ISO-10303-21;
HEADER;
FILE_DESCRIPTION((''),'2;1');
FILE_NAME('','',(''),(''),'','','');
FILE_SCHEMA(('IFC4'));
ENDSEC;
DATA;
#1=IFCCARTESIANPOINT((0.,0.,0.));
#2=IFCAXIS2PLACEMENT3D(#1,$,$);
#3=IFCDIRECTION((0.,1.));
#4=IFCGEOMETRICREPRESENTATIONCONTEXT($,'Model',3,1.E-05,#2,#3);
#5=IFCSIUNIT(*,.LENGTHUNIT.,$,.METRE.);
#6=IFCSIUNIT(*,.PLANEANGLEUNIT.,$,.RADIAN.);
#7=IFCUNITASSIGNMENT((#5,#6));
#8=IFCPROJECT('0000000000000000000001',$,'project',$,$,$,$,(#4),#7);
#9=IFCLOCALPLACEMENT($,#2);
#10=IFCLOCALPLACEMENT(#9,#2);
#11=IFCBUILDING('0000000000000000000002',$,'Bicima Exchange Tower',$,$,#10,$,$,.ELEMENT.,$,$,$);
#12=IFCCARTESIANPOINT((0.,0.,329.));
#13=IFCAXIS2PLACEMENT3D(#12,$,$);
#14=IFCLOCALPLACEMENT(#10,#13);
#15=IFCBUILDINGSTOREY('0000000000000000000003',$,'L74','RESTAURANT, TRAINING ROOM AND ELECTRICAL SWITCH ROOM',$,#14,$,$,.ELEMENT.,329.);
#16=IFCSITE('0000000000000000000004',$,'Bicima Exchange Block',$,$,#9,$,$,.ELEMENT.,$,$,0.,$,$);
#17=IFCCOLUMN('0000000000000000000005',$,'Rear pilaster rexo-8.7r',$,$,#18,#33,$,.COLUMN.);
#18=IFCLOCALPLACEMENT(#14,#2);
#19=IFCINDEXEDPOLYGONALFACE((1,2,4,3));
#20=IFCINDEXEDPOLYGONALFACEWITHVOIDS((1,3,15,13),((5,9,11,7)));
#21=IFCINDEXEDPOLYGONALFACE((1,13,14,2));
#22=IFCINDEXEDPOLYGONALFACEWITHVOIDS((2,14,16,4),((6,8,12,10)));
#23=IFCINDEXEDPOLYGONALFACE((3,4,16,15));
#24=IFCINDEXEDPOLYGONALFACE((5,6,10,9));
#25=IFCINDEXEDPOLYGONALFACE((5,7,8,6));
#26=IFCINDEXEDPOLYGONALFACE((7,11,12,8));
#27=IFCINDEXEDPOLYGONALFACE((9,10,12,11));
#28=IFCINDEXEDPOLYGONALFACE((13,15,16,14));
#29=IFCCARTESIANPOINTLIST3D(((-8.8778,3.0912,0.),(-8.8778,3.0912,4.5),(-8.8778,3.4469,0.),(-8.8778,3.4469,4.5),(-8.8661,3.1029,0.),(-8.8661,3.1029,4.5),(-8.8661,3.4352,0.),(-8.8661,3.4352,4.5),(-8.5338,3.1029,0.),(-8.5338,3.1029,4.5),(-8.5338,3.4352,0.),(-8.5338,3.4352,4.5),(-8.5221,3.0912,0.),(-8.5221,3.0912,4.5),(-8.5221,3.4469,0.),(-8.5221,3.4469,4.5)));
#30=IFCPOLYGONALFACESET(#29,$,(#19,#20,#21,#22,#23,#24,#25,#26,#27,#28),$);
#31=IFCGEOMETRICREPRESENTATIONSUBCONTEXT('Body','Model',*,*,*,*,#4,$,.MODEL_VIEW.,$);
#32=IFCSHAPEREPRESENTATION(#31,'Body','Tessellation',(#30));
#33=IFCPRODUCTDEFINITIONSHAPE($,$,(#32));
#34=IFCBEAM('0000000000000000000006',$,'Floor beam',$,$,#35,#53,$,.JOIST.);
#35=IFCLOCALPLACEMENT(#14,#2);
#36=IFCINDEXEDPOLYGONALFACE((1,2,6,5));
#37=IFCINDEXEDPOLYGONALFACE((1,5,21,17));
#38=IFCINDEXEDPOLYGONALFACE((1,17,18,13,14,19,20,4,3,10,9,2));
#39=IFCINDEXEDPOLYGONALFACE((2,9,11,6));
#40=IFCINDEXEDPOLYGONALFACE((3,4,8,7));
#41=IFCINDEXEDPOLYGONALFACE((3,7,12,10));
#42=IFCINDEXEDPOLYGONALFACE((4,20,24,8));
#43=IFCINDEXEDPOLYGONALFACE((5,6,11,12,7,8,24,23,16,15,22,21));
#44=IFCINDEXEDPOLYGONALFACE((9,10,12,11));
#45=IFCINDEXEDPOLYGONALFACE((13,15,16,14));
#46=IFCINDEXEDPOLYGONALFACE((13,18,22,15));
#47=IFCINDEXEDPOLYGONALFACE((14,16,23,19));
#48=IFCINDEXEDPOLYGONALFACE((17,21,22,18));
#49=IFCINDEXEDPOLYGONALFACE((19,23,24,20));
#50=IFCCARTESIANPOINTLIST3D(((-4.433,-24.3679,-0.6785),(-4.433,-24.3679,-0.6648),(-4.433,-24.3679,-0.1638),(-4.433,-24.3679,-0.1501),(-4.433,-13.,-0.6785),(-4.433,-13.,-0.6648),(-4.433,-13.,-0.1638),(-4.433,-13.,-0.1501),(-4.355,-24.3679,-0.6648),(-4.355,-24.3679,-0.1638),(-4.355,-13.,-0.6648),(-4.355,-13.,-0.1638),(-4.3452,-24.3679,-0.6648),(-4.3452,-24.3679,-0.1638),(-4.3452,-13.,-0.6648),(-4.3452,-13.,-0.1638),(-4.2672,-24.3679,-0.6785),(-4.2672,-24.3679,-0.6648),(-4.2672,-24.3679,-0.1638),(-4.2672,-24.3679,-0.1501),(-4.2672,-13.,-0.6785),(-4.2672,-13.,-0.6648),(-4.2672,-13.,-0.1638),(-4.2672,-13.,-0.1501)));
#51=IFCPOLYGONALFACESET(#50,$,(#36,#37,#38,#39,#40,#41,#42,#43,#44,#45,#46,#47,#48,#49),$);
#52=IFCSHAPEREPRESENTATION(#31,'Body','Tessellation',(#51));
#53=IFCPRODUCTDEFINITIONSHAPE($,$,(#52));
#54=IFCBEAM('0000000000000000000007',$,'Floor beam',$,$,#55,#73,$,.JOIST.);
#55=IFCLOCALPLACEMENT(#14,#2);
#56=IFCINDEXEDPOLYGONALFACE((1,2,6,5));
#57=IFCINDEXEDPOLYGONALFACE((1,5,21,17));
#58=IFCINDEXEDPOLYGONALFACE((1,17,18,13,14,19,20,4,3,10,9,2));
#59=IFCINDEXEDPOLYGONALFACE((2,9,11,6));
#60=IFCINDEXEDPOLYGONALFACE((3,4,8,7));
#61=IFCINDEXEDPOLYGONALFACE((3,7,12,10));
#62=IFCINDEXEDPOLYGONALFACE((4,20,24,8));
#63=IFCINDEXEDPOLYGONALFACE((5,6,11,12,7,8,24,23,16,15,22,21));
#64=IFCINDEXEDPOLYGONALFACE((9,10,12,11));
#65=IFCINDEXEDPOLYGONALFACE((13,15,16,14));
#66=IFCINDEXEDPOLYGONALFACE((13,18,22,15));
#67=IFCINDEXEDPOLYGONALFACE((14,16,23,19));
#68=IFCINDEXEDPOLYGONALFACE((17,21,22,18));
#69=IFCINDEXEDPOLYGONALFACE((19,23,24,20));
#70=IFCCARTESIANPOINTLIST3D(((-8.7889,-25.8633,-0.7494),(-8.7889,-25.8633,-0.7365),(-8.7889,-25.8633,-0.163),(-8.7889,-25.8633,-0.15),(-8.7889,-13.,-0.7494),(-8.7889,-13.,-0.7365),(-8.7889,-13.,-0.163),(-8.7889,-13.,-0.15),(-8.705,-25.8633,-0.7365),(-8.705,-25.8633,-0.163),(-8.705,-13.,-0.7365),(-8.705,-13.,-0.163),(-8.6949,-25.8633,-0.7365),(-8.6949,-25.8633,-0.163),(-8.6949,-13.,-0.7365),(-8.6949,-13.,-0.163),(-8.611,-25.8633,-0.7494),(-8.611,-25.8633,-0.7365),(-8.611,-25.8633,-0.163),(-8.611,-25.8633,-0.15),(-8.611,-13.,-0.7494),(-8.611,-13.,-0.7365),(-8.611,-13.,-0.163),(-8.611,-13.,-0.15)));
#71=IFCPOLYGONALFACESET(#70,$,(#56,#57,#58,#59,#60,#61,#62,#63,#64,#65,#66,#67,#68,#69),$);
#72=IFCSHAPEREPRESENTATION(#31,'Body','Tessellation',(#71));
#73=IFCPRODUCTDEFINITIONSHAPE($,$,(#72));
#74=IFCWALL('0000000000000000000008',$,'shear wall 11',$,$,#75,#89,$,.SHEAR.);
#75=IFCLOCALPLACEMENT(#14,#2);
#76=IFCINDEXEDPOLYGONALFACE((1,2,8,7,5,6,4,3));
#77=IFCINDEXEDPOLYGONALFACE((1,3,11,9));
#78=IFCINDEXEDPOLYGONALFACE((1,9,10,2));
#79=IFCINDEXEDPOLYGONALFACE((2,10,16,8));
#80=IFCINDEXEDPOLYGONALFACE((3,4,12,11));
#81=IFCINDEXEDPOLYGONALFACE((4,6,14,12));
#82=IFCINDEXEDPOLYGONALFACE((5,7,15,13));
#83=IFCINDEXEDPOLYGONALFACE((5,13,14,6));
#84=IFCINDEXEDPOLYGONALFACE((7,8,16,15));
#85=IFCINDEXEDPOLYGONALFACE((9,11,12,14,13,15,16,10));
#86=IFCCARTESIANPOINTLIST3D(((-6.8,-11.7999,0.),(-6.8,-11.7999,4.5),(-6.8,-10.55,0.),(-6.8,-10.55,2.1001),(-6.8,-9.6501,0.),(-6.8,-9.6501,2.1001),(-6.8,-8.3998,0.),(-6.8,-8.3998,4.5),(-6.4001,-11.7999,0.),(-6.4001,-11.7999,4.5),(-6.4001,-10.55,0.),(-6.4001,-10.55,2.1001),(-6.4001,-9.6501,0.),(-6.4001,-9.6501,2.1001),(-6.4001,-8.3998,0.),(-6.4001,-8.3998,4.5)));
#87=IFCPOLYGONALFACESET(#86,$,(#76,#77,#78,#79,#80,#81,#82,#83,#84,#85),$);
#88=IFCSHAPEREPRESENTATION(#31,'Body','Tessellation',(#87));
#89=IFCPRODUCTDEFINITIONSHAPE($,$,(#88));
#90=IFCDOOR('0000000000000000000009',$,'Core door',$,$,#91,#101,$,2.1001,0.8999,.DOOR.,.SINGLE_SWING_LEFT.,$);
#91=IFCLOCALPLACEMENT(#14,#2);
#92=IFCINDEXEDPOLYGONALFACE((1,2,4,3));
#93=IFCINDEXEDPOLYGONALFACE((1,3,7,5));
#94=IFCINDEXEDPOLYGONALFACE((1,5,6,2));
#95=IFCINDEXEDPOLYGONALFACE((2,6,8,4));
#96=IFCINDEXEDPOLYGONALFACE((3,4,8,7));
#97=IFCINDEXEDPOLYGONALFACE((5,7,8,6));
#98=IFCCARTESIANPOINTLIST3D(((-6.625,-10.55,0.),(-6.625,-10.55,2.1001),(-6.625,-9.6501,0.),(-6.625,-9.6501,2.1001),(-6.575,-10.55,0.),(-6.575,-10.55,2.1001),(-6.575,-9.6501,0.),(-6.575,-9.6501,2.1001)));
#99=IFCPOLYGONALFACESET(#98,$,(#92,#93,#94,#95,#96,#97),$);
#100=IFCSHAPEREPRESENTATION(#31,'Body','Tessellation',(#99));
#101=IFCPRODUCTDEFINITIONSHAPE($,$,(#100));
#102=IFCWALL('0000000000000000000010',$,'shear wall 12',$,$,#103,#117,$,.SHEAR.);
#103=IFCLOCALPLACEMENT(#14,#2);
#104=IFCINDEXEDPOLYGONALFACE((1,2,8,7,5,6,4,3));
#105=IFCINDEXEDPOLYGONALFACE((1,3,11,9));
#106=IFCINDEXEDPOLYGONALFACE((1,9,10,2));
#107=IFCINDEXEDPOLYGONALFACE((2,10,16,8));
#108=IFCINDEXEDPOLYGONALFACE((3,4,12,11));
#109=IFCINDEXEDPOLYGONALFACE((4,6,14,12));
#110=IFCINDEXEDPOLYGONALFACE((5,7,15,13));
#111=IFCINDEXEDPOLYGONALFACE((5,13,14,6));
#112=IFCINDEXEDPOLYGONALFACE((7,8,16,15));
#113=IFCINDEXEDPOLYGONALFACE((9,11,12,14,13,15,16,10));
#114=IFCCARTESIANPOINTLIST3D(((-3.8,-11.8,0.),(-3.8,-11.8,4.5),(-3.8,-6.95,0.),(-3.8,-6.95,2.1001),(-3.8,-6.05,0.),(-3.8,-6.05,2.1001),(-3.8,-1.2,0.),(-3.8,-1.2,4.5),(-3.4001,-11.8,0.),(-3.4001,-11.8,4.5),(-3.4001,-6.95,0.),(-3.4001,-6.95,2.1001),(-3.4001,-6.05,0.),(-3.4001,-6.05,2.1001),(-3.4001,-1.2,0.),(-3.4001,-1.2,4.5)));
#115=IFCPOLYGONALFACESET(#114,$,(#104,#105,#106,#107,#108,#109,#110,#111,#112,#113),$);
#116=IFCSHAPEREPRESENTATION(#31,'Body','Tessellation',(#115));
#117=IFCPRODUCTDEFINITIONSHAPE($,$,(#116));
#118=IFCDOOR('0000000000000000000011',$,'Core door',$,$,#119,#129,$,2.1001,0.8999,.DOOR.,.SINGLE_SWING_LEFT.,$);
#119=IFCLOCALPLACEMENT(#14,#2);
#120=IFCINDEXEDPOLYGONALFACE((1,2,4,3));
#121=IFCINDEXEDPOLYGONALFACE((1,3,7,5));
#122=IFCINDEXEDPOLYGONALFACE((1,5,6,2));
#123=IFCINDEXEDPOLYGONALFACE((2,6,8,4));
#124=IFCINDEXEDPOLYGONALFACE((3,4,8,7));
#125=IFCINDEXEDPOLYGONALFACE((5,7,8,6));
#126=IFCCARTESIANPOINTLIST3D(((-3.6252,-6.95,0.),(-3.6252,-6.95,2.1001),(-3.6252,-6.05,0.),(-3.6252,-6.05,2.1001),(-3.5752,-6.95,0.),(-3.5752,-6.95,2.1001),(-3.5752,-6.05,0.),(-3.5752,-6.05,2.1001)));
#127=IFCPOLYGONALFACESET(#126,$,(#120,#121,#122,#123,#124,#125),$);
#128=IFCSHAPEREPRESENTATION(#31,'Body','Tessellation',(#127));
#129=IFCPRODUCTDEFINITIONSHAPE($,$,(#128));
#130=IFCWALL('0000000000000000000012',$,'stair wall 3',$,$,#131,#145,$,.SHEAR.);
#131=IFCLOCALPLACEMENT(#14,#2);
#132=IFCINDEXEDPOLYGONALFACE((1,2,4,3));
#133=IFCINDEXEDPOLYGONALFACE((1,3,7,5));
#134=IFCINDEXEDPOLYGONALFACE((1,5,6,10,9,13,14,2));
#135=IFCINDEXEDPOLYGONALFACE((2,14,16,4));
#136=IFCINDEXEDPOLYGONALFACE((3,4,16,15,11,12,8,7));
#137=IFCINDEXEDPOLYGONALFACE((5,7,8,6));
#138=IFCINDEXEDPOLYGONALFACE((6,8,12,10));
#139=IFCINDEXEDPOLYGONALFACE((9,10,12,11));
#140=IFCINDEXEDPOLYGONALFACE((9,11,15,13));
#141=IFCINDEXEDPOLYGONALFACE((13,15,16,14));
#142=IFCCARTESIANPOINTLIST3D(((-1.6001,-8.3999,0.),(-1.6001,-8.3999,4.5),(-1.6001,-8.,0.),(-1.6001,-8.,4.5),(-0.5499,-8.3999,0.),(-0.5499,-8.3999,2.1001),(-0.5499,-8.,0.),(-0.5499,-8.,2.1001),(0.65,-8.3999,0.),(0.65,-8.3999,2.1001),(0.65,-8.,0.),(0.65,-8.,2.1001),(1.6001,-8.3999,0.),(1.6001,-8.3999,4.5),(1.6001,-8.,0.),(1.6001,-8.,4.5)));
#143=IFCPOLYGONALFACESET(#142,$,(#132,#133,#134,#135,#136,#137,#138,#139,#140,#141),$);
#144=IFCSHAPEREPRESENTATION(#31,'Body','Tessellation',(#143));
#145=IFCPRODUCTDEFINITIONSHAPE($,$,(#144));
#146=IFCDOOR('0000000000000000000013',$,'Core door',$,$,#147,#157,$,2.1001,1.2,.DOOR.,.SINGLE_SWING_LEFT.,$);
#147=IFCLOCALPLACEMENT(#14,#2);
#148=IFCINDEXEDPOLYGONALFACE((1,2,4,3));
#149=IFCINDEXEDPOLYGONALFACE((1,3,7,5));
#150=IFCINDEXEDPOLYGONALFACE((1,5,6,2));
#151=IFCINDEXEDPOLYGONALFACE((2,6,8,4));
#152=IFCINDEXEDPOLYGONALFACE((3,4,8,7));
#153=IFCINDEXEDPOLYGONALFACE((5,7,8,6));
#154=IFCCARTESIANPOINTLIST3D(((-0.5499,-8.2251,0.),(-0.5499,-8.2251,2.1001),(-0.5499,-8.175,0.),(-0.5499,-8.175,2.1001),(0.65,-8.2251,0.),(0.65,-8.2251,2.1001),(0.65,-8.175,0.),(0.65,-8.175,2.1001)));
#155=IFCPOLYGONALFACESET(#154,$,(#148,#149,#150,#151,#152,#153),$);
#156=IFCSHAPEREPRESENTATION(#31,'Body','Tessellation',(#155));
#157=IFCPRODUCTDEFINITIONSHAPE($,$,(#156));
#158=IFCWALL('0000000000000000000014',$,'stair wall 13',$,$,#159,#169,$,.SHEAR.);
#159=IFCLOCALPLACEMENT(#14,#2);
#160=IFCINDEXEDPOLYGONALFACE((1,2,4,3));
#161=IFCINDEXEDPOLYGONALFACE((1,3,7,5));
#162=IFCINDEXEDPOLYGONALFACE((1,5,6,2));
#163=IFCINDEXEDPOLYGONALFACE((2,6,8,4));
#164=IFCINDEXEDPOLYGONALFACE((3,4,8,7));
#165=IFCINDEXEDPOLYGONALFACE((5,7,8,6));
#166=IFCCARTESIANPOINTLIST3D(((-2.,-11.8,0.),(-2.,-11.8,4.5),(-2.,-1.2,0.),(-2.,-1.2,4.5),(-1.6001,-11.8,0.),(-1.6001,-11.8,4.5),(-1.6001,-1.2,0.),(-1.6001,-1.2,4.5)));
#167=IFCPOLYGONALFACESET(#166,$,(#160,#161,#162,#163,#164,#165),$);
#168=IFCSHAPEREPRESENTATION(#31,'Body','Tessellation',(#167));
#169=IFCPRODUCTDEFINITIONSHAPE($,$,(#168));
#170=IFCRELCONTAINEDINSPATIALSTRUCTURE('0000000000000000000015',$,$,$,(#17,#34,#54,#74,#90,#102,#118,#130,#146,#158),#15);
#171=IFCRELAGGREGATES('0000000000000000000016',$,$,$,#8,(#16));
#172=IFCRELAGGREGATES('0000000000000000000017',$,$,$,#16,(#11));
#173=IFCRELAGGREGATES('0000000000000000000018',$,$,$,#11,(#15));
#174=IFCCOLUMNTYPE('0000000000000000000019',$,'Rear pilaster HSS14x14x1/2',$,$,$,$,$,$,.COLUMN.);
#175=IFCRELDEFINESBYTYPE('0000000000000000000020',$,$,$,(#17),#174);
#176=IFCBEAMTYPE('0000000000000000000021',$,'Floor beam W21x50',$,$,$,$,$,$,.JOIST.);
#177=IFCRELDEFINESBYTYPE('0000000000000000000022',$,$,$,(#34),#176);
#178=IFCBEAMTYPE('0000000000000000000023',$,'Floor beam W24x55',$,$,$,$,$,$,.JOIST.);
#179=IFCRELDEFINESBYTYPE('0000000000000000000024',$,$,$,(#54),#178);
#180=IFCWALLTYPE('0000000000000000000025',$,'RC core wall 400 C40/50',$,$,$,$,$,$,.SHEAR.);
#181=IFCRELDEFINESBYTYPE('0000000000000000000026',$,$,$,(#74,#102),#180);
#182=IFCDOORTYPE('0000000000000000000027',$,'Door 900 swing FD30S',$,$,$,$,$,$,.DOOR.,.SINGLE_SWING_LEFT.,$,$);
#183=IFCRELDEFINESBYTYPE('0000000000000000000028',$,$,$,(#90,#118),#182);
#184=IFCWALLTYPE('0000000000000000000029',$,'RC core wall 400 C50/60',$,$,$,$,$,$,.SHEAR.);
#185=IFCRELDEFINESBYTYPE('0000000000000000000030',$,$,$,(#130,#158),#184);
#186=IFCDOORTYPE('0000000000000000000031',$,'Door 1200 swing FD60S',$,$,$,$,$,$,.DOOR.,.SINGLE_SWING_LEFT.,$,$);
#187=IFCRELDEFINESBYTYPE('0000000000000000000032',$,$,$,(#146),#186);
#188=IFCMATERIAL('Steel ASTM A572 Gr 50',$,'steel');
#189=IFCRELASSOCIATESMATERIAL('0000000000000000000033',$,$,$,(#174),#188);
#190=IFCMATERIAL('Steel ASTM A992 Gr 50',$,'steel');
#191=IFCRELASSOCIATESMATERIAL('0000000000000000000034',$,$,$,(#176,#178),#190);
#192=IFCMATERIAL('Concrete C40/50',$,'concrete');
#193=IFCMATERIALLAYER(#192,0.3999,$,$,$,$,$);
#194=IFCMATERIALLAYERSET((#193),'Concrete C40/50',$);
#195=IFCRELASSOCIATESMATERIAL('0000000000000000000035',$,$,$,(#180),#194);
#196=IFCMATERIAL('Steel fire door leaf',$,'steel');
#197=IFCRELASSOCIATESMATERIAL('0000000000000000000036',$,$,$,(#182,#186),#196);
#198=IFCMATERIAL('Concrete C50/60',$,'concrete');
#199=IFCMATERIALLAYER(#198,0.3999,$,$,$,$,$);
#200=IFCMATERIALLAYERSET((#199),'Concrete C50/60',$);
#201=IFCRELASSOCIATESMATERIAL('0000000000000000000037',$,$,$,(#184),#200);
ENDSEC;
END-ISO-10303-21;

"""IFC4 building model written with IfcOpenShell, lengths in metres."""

from ifc_helpers import new_model, si_unit, direction, frame, frame_2d, origin, origin_2d, place, context, subcontext, project, spatial, rectangle, hollow_rectangle, i_section, extrude, material, layer, layer_set, material_profile, profile_set, type_object, element, fill, save


model = new_model("IFC4")

# Units and contexts
model_context = context("Model", 3, precision=1e-05, world=origin(), true_north=direction((0.0, 1.0)))
body_context = subcontext(model_context, "Body", "Model", "MODEL_VIEW")
ifc_project = project(units=[si_unit("LENGTHUNIT", "METRE"), si_unit("PLANEANGLEUNIT", "RADIAN")], contexts=[model_context])

# Site, building, storey
site_placement = place(None, origin())
site = spatial("IfcSite", under=ifc_project, at=site_placement, Name="Bicima Exchange Block", CompositionType="ELEMENT", RefElevation=0.0)
building_placement = place(site_placement, origin())
building = spatial("IfcBuilding", under=site, at=building_placement, Name="Bicima Exchange Tower", CompositionType="ELEMENT")
storey_placement = place(building_placement, frame((0.0, 0.0, 329.0)))
storey = spatial("IfcBuildingStorey", under=building, at=storey_placement, Name="L74", Description="RESTAURANT, TRAINING ROOM AND ELECTRICAL SWITCH ROOM", CompositionType="ELEMENT", Elevation=329.0)

# Column
ifc_material_1 = material(Name="Steel ASTM A572 Gr 50", Category="steel")
ifc_material_profile_1 = material_profile(ifc_material_1, hollow_rectangle(XDim=0.3557, YDim=0.3557, WallThickness=0.0117, at=origin_2d()))
ifc_profile_set_1 = profile_set([ifc_material_profile_1], Name="Steel ASTM A572 Gr 50")
column_type = type_object("IfcColumnType", Name="Rear pilaster HSS14x14x1/2", PredefinedType="COLUMN", material=ifc_profile_set_1)
column_placement = place(storey_placement, frame((-8.7, 3.269, 0.0), z_axis=(0.0, 0.0, 1.0), x_axis=(1.0, 0.0, 0.0)))
element("IfcColumn", 1, at=column_placement, inside=storey, type_object=column_type, Name="Rear pilaster rexo-8.7r", PredefinedType="COLUMN", context=body_context, shape_type="SweptSolid", body=[
    extrude(hollow_rectangle(XDim=0.3557, YDim=0.3557, WallThickness=0.0117, at=origin_2d()), origin(), (0.0, 0.0, 1.0), 4.5),
])

# Beams
ifc_material_2 = material(Name="Steel ASTM A992 Gr 50", Category="steel")
ifc_material_profile_2 = material_profile(ifc_material_2, i_section(OverallWidth=0.1658, OverallDepth=0.5283, WebThickness=0.0098, FlangeThickness=0.0137, at=origin_2d()))
ifc_profile_set_2 = profile_set([ifc_material_profile_2], Name="Steel ASTM A992 Gr 50")
beam_type_1 = type_object("IfcBeamType", Name="Floor beam W21x50", PredefinedType="JOIST", material=ifc_profile_set_2)
beam_1_placement = place(storey_placement, frame((-4.3501, -13.0, -0.4143), z_axis=(0.0, -1.0, 0.0), x_axis=(1.0, 0.0, 0.0)))
element("IfcBeam", 2, at=beam_1_placement, inside=storey, type_object=beam_type_1, Name="Floor beam", PredefinedType="JOIST", context=body_context, shape_type="SweptSolid", body=[
    extrude(i_section(OverallWidth=0.1658, OverallDepth=0.5283, WebThickness=0.0098, FlangeThickness=0.0137, at=origin_2d()), origin(), (0.0, 0.0, 1.0), 11.3679),
])
ifc_material_profile_3 = material_profile(ifc_material_2, i_section(OverallWidth=0.178, OverallDepth=0.5994, WebThickness=0.01, FlangeThickness=0.0129, at=origin_2d()))
ifc_profile_set_3 = profile_set([ifc_material_profile_3], Name="Steel ASTM A992 Gr 50")
beam_type_2 = type_object("IfcBeamType", Name="Floor beam W24x55", PredefinedType="JOIST", material=ifc_profile_set_3)
beam_2_placement = place(storey_placement, frame((-8.7, -13.0, -0.4497), z_axis=(0.0, -1.0, 0.0), x_axis=(1.0, 0.0, 0.0)))
element("IfcBeam", 3, at=beam_2_placement, inside=storey, type_object=beam_type_2, Name="Floor beam", PredefinedType="JOIST", context=body_context, shape_type="SweptSolid", body=[
    extrude(i_section(OverallWidth=0.178, OverallDepth=0.5994, WebThickness=0.01, FlangeThickness=0.0129, at=origin_2d()), origin(), (0.0, 0.0, 1.0), 12.8633),
])

# Walls, openings, doors
ifc_material_3 = material(Name="Concrete C40/50", Category="concrete")
ifc_layer_1 = layer(ifc_material_3, 0.3999)
ifc_layer_set_1 = layer_set([ifc_layer_1], Name="Concrete C40/50")
wall_type_1 = type_object("IfcWallType", Name="RC core wall 400 C40/50", PredefinedType="SHEAR", material=ifc_layer_set_1)
wall_1_placement = place(storey_placement, frame((-6.6001, -11.8, 0.0), z_axis=(0.0, 0.0, 1.0), x_axis=(0.0, 1.0, 0.0)))
wall_1 = element("IfcWall", 4, at=wall_1_placement, inside=storey, type_object=wall_type_1, Name="shear wall 11", PredefinedType="SHEAR", context=body_context, shape_type="SweptSolid", body=[
    extrude(rectangle(XDim=3.4001, YDim=0.3999, at=frame_2d((1.7002, 0.0))), origin(), (0.0, 0.0, 1.0), 4.5),
])
opening_1_placement = place(wall_1_placement, frame((1.25, 0.0, 0.0)))
opening_1 = element("IfcOpeningElement", 5, at=opening_1_placement, cuts=wall_1, PredefinedType="OPENING", context=body_context, shape_type="SweptSolid", body=[
    extrude(rectangle(XDim=0.8999, YDim=2.1001, at=frame_2d((0.45, 1.05))), frame((0.0, 0.2119, 0.0), z_axis=(0.0, -1.0, 0.0), x_axis=(1.0, 0.0, 0.0)), (0.0, 0.0, 1.0), 0.4238),
])
ifc_material_4 = material(Name="Steel fire door leaf", Category="steel")
door_type_1 = type_object("IfcDoorType", Name="Door 900 swing FD30S", OperationType="SINGLE_SWING_LEFT", PredefinedType="DOOR", material=ifc_material_4)
door_1_placement = place(opening_1_placement, origin())
door_1 = element("IfcDoor", 6, at=door_1_placement, inside=storey, type_object=door_type_1, Name="Core door", OperationType="SINGLE_SWING_LEFT", OverallHeight=2.1001, OverallWidth=0.8999, PredefinedType="DOOR", context=body_context, shape_type="SweptSolid", body=[
    extrude(rectangle(XDim=0.8999, YDim=2.1001, at=frame_2d((0.45, 1.05))), frame((0.0, 0.0249, 0.0), z_axis=(0.0, -1.0, 0.0), x_axis=(1.0, 0.0, 0.0)), (0.0, 0.0, 1.0), 0.05),
])
fill(opening_1, door_1)
wall_2_placement = place(storey_placement, frame((-3.6001, -11.8, 0.0), z_axis=(0.0, 0.0, 1.0), x_axis=(0.0, 1.0, 0.0)))
wall_2 = element("IfcWall", 7, at=wall_2_placement, inside=storey, type_object=wall_type_1, Name="shear wall 12", PredefinedType="SHEAR", context=body_context, shape_type="SweptSolid", body=[
    extrude(rectangle(XDim=10.6001, YDim=0.3999, at=frame_2d((5.3, 0.0))), origin(), (0.0, 0.0, 1.0), 4.5),
])
opening_2_placement = place(wall_2_placement, frame((4.8501, 0.0, 0.0)))
opening_2 = element("IfcOpeningElement", 8, at=opening_2_placement, cuts=wall_2, PredefinedType="OPENING", context=body_context, shape_type="SweptSolid", body=[
    extrude(rectangle(XDim=0.8999, YDim=2.1001, at=frame_2d((0.45, 1.05))), frame((0.0, 0.2119, 0.0), z_axis=(0.0, -1.0, 0.0), x_axis=(1.0, 0.0, 0.0)), (0.0, 0.0, 1.0), 0.4238),
])
door_2_placement = place(opening_2_placement, frame((0.8999, 0.0, 0.0), z_axis=(0.0, 0.0, 1.0), x_axis=(-1.0, 0.0, 0.0)))
door_2 = element("IfcDoor", 9, at=door_2_placement, inside=storey, type_object=door_type_1, Name="Core door", OperationType="SINGLE_SWING_LEFT", OverallHeight=2.1001, OverallWidth=0.8999, PredefinedType="DOOR", context=body_context, shape_type="SweptSolid", body=[
    extrude(rectangle(XDim=0.8999, YDim=2.1001, at=frame_2d((0.45, 1.05))), frame((0.0, 0.0249, 0.0), z_axis=(0.0, -1.0, 0.0), x_axis=(1.0, 0.0, 0.0)), (0.0, 0.0, 1.0), 0.05),
])
fill(opening_2, door_2)
ifc_material_5 = material(Name="Concrete C50/60", Category="concrete")
ifc_layer_2 = layer(ifc_material_5, 0.3999)
ifc_layer_set_2 = layer_set([ifc_layer_2], Name="Concrete C50/60")
wall_type_2 = type_object("IfcWallType", Name="RC core wall 400 C50/60", PredefinedType="SHEAR", material=ifc_layer_set_2)
wall_3_placement = place(storey_placement, frame((-1.6001, -8.2, 0.0), z_axis=(0.0, 0.0, 1.0), x_axis=(1.0, 0.0, 0.0)))
wall_3 = element("IfcWall", 10, at=wall_3_placement, inside=storey, type_object=wall_type_2, Name="stair wall 3", PredefinedType="SHEAR", context=body_context, shape_type="SweptSolid", body=[
    extrude(rectangle(XDim=3.2002, YDim=0.3999, at=frame_2d((1.6001, 0.0))), origin(), (0.0, 0.0, 1.0), 4.5),
])
opening_3_placement = place(wall_3_placement, frame((1.05, 0.0, 0.0)))
opening_3 = element("IfcOpeningElement", 11, at=opening_3_placement, cuts=wall_3, PredefinedType="OPENING", context=body_context, shape_type="SweptSolid", body=[
    extrude(rectangle(XDim=1.2, YDim=2.1001, at=frame_2d((0.6001, 1.05))), frame((0.0, 0.2119, 0.0), z_axis=(0.0, -1.0, 0.0), x_axis=(1.0, 0.0, 0.0)), (0.0, 0.0, 1.0), 0.4238),
])
door_type_2 = type_object("IfcDoorType", Name="Door 1200 swing FD60S", OperationType="SINGLE_SWING_LEFT", PredefinedType="DOOR", material=ifc_material_4)
door_3_placement = place(opening_3_placement, origin())
door_3 = element("IfcDoor", 12, at=door_3_placement, inside=storey, type_object=door_type_2, Name="Core door", OperationType="SINGLE_SWING_LEFT", OverallHeight=2.1001, OverallWidth=1.2, PredefinedType="DOOR", context=body_context, shape_type="SweptSolid", body=[
    extrude(rectangle(XDim=1.2, YDim=2.1001, at=frame_2d((0.6001, 1.05))), frame((0.0, 0.0249, 0.0), z_axis=(0.0, -1.0, 0.0), x_axis=(1.0, 0.0, 0.0)), (0.0, 0.0, 1.0), 0.05),
])
fill(opening_3, door_3)

# Wall
wall_4_placement = place(storey_placement, frame((-1.8, -11.8, 0.0), z_axis=(0.0, 0.0, 1.0), x_axis=(0.0, 1.0, 0.0)))
element("IfcWall", 13, at=wall_4_placement, inside=storey, type_object=wall_type_2, Name="stair wall 13", PredefinedType="SHEAR", context=body_context, shape_type="SweptSolid", body=[
    extrude(rectangle(XDim=10.6001, YDim=0.3999, at=frame_2d((5.3, 0.0))), origin(), (0.0, 0.0, 1.0), 4.5),
])

save(model, "model.ifc")
